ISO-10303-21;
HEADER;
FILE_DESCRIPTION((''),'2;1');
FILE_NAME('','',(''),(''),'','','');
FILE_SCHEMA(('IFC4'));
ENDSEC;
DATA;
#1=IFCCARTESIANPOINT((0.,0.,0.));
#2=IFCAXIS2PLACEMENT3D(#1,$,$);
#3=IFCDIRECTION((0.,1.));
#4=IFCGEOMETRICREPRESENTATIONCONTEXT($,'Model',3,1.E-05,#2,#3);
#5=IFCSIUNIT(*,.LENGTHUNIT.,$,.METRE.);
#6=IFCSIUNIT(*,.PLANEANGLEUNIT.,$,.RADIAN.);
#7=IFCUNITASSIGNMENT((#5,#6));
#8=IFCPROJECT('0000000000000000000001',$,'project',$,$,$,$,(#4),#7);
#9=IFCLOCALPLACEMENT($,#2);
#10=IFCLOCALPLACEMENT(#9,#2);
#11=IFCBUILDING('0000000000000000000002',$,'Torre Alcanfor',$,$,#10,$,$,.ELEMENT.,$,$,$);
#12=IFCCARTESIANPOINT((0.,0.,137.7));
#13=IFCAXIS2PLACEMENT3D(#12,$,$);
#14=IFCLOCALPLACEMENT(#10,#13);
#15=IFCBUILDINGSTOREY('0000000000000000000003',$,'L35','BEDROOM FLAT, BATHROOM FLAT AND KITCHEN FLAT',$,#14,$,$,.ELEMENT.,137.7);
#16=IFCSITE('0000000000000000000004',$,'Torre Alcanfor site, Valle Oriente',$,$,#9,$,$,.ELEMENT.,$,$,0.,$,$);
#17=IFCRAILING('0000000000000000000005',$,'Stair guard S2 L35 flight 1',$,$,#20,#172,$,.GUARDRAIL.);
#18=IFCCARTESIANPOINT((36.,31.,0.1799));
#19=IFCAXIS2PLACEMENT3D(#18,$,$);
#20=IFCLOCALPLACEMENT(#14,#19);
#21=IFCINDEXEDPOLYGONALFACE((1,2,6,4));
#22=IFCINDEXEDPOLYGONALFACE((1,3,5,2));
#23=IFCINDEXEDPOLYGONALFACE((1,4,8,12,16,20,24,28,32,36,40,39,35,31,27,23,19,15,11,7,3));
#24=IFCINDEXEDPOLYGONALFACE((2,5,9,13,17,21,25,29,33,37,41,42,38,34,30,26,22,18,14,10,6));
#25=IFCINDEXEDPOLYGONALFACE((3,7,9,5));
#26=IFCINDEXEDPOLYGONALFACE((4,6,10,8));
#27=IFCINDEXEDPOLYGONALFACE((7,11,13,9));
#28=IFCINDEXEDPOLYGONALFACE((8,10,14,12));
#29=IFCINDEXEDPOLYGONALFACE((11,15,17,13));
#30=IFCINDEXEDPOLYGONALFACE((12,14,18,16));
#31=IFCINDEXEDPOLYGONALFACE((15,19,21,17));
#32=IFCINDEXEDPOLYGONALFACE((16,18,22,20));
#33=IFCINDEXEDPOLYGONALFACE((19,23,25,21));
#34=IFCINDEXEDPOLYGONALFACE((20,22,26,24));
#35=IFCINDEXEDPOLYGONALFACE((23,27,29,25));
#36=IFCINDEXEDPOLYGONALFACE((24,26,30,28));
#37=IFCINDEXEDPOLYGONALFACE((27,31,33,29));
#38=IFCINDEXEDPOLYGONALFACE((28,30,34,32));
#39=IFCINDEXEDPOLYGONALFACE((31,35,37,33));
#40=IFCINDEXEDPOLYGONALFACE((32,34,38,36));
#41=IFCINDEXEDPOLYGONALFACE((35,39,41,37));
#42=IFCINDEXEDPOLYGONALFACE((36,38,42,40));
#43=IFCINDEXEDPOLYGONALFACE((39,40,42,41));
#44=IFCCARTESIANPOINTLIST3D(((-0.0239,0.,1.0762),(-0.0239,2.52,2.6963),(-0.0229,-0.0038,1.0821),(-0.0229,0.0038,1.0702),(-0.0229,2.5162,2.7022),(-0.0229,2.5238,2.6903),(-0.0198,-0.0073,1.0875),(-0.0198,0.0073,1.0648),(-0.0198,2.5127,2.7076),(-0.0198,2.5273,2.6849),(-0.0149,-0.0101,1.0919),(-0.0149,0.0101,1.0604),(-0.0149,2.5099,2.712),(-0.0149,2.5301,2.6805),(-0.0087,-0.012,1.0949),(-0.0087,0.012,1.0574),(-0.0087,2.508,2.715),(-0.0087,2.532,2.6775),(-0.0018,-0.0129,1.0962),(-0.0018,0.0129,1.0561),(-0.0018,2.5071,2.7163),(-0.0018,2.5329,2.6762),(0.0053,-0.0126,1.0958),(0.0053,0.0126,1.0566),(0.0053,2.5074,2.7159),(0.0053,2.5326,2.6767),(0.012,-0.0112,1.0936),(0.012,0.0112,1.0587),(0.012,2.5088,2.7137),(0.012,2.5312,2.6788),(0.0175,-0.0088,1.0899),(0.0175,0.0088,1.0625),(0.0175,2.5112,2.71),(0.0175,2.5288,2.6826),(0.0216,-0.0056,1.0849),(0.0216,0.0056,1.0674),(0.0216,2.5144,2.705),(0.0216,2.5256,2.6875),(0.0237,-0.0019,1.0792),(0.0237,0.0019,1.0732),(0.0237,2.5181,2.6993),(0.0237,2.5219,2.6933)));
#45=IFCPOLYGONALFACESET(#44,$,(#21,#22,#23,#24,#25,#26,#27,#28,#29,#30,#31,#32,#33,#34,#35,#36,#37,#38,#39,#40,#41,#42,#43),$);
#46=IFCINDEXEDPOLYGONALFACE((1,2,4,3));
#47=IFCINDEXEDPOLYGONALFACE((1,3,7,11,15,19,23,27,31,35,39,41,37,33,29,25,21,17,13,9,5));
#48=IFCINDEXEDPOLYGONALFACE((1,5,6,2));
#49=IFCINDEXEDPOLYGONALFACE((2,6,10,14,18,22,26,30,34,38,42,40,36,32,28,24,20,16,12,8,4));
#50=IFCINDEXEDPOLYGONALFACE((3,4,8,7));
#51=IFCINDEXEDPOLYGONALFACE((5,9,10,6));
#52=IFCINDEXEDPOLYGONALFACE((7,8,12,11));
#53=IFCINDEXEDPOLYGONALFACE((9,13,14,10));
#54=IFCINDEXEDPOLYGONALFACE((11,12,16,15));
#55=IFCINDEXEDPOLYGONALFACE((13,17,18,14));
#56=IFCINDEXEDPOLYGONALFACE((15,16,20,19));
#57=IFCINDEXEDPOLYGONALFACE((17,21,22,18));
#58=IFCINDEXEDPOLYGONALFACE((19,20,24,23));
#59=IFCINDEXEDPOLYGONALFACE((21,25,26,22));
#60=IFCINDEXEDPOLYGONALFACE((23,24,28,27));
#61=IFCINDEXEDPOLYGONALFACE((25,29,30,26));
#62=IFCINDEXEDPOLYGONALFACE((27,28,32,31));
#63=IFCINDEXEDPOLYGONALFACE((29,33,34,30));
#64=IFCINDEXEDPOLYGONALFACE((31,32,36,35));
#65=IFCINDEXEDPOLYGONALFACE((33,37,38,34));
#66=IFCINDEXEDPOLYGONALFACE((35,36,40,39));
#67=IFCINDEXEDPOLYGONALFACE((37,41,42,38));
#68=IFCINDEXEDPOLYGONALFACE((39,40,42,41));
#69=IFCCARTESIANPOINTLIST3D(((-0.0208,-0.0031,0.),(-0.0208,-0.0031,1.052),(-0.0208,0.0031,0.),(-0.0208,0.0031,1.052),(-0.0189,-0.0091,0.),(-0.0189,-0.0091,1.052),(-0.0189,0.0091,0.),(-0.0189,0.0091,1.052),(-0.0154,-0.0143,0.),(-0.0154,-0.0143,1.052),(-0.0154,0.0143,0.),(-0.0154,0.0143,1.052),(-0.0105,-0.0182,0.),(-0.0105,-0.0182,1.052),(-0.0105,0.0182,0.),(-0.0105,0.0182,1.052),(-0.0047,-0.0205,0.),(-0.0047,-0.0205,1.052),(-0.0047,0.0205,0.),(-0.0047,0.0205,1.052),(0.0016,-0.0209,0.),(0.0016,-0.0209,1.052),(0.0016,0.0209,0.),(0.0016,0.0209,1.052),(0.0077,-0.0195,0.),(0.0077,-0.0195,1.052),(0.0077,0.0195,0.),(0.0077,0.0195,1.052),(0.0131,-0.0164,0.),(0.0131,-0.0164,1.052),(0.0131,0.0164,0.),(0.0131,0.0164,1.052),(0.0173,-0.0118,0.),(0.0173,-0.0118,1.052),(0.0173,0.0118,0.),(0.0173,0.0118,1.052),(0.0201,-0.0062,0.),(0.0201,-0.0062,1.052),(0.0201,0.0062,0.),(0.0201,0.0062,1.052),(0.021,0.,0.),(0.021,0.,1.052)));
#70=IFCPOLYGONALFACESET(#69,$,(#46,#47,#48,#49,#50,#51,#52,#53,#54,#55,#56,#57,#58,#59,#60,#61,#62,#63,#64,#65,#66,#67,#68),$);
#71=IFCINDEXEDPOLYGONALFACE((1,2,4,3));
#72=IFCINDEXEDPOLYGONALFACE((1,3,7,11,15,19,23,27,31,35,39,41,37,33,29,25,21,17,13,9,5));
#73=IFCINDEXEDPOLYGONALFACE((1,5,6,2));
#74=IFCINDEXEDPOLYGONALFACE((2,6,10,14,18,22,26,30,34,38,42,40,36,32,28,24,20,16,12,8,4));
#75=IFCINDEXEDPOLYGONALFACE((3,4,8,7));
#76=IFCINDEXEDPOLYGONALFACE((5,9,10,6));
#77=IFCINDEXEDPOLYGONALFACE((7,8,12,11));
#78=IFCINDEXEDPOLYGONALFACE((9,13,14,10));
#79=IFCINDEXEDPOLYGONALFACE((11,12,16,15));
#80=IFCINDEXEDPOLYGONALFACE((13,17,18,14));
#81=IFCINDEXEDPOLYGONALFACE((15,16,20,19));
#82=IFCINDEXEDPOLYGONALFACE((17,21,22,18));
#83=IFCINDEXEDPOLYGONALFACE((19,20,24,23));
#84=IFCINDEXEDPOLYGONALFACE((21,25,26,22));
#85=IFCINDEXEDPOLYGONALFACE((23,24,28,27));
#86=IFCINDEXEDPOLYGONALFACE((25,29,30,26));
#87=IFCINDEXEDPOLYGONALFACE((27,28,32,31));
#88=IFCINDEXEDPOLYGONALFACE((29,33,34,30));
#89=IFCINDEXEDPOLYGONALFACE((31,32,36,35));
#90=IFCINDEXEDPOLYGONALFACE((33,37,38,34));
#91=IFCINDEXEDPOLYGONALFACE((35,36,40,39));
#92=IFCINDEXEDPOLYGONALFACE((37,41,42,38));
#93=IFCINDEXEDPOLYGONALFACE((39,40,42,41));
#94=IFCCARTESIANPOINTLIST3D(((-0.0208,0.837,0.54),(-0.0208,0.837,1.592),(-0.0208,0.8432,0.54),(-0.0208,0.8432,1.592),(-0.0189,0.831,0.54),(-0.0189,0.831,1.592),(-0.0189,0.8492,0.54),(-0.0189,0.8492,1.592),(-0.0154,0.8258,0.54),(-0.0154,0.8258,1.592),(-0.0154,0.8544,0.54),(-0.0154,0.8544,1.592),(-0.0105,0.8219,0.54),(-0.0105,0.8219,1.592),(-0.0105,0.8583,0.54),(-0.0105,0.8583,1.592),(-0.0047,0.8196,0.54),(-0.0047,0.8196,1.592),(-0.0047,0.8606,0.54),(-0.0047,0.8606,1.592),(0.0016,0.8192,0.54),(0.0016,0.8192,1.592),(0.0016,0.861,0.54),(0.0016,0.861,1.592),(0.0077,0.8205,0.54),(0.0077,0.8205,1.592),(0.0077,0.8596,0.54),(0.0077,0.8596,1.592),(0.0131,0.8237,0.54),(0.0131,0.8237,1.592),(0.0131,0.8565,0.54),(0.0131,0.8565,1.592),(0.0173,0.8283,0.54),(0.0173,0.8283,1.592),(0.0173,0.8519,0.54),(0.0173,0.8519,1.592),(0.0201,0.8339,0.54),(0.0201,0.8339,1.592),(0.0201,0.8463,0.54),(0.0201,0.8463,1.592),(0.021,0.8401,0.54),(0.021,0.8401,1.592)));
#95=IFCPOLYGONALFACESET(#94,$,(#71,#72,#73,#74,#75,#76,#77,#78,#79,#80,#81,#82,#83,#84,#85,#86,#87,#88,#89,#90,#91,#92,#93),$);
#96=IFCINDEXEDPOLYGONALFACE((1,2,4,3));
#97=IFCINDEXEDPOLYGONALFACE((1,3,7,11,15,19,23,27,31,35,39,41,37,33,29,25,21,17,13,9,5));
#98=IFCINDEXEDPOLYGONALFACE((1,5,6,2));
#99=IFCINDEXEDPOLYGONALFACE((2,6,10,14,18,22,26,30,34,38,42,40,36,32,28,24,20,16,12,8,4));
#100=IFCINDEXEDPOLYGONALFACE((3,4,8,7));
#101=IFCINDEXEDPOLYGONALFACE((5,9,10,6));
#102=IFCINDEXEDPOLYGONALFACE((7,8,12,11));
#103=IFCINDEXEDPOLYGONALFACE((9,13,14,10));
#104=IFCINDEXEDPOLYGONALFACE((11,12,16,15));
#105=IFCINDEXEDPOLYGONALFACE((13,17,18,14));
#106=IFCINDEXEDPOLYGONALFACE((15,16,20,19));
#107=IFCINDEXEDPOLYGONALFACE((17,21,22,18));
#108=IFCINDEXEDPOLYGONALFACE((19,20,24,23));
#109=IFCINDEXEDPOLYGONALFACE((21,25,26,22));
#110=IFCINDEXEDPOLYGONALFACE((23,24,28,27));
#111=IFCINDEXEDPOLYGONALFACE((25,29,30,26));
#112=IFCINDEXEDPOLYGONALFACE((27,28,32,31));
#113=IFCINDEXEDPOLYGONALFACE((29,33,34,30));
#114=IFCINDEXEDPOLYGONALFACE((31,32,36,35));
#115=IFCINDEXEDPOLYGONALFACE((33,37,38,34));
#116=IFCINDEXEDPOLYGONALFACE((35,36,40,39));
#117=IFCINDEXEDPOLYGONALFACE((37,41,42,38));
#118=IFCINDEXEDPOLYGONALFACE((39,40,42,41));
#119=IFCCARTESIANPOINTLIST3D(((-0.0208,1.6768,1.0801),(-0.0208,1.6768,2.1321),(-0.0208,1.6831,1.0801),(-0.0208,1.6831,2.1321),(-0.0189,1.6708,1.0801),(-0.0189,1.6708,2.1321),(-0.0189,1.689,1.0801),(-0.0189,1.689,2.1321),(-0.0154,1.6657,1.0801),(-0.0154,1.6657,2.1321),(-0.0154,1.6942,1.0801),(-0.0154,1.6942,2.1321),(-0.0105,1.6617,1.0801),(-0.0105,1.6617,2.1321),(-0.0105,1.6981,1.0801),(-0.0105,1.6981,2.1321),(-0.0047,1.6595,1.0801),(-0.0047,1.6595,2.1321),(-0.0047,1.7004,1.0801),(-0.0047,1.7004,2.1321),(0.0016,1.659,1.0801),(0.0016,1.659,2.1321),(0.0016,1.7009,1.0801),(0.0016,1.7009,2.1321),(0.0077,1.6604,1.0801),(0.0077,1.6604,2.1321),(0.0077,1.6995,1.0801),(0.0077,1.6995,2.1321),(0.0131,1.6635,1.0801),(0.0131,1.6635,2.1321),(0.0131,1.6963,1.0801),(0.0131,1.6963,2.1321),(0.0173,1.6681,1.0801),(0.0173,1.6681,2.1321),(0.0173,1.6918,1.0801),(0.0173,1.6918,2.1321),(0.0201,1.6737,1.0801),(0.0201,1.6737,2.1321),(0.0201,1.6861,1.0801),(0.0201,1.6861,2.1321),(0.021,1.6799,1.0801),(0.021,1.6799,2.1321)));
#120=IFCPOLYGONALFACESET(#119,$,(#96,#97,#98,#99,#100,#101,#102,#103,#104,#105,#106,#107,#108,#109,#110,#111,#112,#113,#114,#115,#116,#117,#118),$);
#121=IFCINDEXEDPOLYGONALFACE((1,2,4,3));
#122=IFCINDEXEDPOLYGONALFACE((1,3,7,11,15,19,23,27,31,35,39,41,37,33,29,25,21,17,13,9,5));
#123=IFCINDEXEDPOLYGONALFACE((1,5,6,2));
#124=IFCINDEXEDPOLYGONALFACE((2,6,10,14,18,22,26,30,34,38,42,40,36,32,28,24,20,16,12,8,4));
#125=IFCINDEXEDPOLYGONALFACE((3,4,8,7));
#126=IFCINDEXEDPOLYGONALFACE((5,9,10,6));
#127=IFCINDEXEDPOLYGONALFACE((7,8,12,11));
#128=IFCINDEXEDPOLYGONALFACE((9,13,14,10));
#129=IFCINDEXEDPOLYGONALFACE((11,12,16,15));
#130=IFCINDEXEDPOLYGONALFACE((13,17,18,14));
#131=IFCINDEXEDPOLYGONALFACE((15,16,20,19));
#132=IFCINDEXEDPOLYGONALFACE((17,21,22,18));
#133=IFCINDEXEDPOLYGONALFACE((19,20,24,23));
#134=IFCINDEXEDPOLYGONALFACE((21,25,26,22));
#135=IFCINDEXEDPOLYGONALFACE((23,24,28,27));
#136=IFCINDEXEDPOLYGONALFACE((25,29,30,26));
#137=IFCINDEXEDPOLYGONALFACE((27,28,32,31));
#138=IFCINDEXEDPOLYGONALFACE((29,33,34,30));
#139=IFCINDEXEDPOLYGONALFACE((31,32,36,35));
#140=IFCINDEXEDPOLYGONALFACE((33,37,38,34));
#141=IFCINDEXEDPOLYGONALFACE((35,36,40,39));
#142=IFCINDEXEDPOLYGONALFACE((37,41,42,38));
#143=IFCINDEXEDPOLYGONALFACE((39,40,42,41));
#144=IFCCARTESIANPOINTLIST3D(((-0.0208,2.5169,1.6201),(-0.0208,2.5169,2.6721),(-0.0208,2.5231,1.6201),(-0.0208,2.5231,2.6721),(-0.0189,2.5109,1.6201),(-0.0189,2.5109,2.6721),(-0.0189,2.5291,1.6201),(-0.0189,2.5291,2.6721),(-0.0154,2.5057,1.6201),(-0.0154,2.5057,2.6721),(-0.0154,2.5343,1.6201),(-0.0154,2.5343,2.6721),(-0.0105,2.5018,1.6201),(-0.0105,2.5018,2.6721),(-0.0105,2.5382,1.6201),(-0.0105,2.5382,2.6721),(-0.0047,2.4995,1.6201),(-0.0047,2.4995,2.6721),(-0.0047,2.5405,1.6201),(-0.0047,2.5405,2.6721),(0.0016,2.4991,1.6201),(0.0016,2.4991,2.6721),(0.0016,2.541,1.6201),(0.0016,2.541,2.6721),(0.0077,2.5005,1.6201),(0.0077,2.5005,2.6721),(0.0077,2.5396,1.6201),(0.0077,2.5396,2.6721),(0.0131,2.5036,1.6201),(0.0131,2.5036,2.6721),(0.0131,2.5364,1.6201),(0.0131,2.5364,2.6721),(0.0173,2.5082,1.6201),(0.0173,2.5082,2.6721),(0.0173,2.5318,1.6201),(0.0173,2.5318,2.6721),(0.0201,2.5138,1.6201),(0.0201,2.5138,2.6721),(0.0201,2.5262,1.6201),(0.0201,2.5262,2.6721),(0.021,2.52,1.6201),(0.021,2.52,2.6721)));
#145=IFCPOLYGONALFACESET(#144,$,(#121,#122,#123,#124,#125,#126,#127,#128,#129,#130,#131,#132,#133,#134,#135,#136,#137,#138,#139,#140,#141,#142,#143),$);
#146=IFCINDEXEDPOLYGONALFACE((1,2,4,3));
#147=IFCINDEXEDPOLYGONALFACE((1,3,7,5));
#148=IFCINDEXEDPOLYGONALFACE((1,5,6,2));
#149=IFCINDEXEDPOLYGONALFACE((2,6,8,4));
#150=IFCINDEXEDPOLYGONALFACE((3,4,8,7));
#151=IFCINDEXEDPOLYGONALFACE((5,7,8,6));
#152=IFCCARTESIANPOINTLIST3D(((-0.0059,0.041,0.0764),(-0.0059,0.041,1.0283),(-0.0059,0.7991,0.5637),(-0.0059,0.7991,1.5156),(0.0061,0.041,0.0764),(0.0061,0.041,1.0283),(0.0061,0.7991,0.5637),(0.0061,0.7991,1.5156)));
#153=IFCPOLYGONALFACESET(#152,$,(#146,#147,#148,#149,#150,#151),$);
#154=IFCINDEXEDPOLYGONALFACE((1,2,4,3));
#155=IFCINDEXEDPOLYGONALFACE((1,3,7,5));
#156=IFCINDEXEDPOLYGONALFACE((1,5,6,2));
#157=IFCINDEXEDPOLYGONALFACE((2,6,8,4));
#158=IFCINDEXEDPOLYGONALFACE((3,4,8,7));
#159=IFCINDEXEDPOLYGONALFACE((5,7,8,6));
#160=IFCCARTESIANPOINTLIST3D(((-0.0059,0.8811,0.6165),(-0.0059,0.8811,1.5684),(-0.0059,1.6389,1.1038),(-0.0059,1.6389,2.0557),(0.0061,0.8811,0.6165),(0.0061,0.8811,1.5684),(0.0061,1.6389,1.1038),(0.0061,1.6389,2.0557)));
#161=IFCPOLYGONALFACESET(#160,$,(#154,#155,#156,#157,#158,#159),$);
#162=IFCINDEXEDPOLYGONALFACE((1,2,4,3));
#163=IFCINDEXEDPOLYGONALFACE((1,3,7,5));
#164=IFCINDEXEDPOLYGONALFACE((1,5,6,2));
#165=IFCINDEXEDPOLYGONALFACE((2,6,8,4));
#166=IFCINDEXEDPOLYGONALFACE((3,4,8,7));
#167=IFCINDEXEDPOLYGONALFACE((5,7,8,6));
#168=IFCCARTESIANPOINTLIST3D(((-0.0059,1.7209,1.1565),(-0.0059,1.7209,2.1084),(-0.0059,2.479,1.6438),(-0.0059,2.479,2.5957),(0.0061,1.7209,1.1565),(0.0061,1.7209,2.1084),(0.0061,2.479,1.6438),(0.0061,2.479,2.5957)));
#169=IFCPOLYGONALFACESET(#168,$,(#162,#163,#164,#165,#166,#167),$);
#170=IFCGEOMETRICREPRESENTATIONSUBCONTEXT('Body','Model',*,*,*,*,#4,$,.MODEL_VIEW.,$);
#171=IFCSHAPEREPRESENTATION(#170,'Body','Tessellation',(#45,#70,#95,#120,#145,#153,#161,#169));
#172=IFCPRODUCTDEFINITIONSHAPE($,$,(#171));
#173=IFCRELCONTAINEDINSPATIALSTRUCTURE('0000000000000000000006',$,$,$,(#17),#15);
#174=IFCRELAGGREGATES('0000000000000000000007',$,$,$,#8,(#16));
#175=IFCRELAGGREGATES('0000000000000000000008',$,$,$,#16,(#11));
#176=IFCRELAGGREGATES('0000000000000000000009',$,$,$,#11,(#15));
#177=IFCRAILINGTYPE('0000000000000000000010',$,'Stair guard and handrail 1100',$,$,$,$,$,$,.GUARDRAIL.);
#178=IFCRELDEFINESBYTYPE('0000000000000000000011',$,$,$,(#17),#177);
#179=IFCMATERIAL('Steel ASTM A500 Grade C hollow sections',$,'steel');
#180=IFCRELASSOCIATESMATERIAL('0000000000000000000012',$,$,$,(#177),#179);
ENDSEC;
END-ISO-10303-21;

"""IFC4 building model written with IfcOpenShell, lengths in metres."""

from ifc_helpers import new_model, si_unit, direction, frame, origin, origin_2d, place, context, subcontext, project, spatial, polyline, circle, outline, extrude, material, type_object, element, save


model = new_model("IFC4")

# Units and contexts
model_context = context("Model", 3, precision=1e-05, world=origin(), true_north=direction((0.0, 1.0)))
body_context = subcontext(model_context, "Body", "Model", "MODEL_VIEW")
ifc_project = project(units=[si_unit("LENGTHUNIT", "METRE"), si_unit("PLANEANGLEUNIT", "RADIAN")], contexts=[model_context])

# Site, building, storey
site_placement = place(None, origin())
site = spatial("IfcSite", under=ifc_project, at=site_placement, Name="Torre Alcanfor site, Valle Oriente", CompositionType="ELEMENT", RefElevation=0.0)
building_placement = place(site_placement, origin())
building = spatial("IfcBuilding", under=site, at=building_placement, Name="Torre Alcanfor", CompositionType="ELEMENT")
storey_placement = place(building_placement, frame((0.0, 0.0, 137.7)))
storey = spatial("IfcBuildingStorey", under=building, at=storey_placement, Name="L35", Description="BEDROOM FLAT, BATHROOM FLAT AND KITCHEN FLAT", CompositionType="ELEMENT", Elevation=137.7)

# Railing
ifc_material_1 = material(Name="Steel ASTM A500 Grade C hollow sections", Category="steel")
railing_type_1 = type_object("IfcRailingType", Name="Stair guard and handrail 1100", PredefinedType="GUARDRAIL", material=ifc_material_1)
railing_1_placement = place(storey_placement, frame((36.0, 31.0, 0.1799)))
element("IfcRailing", 1, at=railing_1_placement, inside=storey, type_object=railing_type_1, Name="Stair guard S2 L35 flight 1", PredefinedType="GUARDRAIL", context=body_context, shape_type="SweptSolid", body=[
    extrude(circle(Radius=0.0239, at=origin_2d()), frame((0.0, 0.0, 1.0762), z_axis=(0.0, 0.841163, 0.540782), x_axis=(-1.0, 0.0, 0.0)), (0.0, 0.0, 1.0), 2.9958),
    extrude(circle(Radius=0.021, at=origin_2d()), origin(), (0.0, 0.0, 1.0), 1.052),
    extrude(circle(Radius=0.021, at=origin_2d()), frame((0.0, 0.8401, 0.54)), (0.0, 0.0, 1.0), 1.052),
    extrude(circle(Radius=0.021, at=origin_2d()), frame((0.0, 1.6799, 1.0801)), (0.0, 0.0, 1.0), 1.052),
    extrude(circle(Radius=0.021, at=origin_2d()), frame((0.0, 2.52, 1.6201)), (0.0, 0.0, 1.0), 1.052),
    extrude(outline(polyline([(0.041, 0.0764), (0.7991, 0.5637), (0.7991, 1.5156), (0.041, 1.0283), (0.041, 0.0764)])), frame((-0.0059, 0.0, 0.0), z_axis=(1.0, 0.0, 0.0), x_axis=(0.0, 1.0, 0.0)), (0.0, 0.0, 1.0), 0.012),
    extrude(outline(polyline([(0.8811, 0.6165), (1.6389, 1.1038), (1.6389, 2.0557), (0.8811, 1.5684), (0.8811, 0.6165)])), frame((-0.0059, 0.0, 0.0), z_axis=(1.0, 0.0, 0.0), x_axis=(0.0, 1.0, 0.0)), (0.0, 0.0, 1.0), 0.012),
    extrude(outline(polyline([(1.7209, 1.1565), (2.479, 1.6438), (2.479, 2.5957), (1.7209, 2.1084), (1.7209, 1.1565)])), frame((-0.0059, 0.0, 0.0), z_axis=(1.0, 0.0, 0.0), x_axis=(0.0, 1.0, 0.0)), (0.0, 0.0, 1.0), 0.012),
])

save(model, "model.ifc")
